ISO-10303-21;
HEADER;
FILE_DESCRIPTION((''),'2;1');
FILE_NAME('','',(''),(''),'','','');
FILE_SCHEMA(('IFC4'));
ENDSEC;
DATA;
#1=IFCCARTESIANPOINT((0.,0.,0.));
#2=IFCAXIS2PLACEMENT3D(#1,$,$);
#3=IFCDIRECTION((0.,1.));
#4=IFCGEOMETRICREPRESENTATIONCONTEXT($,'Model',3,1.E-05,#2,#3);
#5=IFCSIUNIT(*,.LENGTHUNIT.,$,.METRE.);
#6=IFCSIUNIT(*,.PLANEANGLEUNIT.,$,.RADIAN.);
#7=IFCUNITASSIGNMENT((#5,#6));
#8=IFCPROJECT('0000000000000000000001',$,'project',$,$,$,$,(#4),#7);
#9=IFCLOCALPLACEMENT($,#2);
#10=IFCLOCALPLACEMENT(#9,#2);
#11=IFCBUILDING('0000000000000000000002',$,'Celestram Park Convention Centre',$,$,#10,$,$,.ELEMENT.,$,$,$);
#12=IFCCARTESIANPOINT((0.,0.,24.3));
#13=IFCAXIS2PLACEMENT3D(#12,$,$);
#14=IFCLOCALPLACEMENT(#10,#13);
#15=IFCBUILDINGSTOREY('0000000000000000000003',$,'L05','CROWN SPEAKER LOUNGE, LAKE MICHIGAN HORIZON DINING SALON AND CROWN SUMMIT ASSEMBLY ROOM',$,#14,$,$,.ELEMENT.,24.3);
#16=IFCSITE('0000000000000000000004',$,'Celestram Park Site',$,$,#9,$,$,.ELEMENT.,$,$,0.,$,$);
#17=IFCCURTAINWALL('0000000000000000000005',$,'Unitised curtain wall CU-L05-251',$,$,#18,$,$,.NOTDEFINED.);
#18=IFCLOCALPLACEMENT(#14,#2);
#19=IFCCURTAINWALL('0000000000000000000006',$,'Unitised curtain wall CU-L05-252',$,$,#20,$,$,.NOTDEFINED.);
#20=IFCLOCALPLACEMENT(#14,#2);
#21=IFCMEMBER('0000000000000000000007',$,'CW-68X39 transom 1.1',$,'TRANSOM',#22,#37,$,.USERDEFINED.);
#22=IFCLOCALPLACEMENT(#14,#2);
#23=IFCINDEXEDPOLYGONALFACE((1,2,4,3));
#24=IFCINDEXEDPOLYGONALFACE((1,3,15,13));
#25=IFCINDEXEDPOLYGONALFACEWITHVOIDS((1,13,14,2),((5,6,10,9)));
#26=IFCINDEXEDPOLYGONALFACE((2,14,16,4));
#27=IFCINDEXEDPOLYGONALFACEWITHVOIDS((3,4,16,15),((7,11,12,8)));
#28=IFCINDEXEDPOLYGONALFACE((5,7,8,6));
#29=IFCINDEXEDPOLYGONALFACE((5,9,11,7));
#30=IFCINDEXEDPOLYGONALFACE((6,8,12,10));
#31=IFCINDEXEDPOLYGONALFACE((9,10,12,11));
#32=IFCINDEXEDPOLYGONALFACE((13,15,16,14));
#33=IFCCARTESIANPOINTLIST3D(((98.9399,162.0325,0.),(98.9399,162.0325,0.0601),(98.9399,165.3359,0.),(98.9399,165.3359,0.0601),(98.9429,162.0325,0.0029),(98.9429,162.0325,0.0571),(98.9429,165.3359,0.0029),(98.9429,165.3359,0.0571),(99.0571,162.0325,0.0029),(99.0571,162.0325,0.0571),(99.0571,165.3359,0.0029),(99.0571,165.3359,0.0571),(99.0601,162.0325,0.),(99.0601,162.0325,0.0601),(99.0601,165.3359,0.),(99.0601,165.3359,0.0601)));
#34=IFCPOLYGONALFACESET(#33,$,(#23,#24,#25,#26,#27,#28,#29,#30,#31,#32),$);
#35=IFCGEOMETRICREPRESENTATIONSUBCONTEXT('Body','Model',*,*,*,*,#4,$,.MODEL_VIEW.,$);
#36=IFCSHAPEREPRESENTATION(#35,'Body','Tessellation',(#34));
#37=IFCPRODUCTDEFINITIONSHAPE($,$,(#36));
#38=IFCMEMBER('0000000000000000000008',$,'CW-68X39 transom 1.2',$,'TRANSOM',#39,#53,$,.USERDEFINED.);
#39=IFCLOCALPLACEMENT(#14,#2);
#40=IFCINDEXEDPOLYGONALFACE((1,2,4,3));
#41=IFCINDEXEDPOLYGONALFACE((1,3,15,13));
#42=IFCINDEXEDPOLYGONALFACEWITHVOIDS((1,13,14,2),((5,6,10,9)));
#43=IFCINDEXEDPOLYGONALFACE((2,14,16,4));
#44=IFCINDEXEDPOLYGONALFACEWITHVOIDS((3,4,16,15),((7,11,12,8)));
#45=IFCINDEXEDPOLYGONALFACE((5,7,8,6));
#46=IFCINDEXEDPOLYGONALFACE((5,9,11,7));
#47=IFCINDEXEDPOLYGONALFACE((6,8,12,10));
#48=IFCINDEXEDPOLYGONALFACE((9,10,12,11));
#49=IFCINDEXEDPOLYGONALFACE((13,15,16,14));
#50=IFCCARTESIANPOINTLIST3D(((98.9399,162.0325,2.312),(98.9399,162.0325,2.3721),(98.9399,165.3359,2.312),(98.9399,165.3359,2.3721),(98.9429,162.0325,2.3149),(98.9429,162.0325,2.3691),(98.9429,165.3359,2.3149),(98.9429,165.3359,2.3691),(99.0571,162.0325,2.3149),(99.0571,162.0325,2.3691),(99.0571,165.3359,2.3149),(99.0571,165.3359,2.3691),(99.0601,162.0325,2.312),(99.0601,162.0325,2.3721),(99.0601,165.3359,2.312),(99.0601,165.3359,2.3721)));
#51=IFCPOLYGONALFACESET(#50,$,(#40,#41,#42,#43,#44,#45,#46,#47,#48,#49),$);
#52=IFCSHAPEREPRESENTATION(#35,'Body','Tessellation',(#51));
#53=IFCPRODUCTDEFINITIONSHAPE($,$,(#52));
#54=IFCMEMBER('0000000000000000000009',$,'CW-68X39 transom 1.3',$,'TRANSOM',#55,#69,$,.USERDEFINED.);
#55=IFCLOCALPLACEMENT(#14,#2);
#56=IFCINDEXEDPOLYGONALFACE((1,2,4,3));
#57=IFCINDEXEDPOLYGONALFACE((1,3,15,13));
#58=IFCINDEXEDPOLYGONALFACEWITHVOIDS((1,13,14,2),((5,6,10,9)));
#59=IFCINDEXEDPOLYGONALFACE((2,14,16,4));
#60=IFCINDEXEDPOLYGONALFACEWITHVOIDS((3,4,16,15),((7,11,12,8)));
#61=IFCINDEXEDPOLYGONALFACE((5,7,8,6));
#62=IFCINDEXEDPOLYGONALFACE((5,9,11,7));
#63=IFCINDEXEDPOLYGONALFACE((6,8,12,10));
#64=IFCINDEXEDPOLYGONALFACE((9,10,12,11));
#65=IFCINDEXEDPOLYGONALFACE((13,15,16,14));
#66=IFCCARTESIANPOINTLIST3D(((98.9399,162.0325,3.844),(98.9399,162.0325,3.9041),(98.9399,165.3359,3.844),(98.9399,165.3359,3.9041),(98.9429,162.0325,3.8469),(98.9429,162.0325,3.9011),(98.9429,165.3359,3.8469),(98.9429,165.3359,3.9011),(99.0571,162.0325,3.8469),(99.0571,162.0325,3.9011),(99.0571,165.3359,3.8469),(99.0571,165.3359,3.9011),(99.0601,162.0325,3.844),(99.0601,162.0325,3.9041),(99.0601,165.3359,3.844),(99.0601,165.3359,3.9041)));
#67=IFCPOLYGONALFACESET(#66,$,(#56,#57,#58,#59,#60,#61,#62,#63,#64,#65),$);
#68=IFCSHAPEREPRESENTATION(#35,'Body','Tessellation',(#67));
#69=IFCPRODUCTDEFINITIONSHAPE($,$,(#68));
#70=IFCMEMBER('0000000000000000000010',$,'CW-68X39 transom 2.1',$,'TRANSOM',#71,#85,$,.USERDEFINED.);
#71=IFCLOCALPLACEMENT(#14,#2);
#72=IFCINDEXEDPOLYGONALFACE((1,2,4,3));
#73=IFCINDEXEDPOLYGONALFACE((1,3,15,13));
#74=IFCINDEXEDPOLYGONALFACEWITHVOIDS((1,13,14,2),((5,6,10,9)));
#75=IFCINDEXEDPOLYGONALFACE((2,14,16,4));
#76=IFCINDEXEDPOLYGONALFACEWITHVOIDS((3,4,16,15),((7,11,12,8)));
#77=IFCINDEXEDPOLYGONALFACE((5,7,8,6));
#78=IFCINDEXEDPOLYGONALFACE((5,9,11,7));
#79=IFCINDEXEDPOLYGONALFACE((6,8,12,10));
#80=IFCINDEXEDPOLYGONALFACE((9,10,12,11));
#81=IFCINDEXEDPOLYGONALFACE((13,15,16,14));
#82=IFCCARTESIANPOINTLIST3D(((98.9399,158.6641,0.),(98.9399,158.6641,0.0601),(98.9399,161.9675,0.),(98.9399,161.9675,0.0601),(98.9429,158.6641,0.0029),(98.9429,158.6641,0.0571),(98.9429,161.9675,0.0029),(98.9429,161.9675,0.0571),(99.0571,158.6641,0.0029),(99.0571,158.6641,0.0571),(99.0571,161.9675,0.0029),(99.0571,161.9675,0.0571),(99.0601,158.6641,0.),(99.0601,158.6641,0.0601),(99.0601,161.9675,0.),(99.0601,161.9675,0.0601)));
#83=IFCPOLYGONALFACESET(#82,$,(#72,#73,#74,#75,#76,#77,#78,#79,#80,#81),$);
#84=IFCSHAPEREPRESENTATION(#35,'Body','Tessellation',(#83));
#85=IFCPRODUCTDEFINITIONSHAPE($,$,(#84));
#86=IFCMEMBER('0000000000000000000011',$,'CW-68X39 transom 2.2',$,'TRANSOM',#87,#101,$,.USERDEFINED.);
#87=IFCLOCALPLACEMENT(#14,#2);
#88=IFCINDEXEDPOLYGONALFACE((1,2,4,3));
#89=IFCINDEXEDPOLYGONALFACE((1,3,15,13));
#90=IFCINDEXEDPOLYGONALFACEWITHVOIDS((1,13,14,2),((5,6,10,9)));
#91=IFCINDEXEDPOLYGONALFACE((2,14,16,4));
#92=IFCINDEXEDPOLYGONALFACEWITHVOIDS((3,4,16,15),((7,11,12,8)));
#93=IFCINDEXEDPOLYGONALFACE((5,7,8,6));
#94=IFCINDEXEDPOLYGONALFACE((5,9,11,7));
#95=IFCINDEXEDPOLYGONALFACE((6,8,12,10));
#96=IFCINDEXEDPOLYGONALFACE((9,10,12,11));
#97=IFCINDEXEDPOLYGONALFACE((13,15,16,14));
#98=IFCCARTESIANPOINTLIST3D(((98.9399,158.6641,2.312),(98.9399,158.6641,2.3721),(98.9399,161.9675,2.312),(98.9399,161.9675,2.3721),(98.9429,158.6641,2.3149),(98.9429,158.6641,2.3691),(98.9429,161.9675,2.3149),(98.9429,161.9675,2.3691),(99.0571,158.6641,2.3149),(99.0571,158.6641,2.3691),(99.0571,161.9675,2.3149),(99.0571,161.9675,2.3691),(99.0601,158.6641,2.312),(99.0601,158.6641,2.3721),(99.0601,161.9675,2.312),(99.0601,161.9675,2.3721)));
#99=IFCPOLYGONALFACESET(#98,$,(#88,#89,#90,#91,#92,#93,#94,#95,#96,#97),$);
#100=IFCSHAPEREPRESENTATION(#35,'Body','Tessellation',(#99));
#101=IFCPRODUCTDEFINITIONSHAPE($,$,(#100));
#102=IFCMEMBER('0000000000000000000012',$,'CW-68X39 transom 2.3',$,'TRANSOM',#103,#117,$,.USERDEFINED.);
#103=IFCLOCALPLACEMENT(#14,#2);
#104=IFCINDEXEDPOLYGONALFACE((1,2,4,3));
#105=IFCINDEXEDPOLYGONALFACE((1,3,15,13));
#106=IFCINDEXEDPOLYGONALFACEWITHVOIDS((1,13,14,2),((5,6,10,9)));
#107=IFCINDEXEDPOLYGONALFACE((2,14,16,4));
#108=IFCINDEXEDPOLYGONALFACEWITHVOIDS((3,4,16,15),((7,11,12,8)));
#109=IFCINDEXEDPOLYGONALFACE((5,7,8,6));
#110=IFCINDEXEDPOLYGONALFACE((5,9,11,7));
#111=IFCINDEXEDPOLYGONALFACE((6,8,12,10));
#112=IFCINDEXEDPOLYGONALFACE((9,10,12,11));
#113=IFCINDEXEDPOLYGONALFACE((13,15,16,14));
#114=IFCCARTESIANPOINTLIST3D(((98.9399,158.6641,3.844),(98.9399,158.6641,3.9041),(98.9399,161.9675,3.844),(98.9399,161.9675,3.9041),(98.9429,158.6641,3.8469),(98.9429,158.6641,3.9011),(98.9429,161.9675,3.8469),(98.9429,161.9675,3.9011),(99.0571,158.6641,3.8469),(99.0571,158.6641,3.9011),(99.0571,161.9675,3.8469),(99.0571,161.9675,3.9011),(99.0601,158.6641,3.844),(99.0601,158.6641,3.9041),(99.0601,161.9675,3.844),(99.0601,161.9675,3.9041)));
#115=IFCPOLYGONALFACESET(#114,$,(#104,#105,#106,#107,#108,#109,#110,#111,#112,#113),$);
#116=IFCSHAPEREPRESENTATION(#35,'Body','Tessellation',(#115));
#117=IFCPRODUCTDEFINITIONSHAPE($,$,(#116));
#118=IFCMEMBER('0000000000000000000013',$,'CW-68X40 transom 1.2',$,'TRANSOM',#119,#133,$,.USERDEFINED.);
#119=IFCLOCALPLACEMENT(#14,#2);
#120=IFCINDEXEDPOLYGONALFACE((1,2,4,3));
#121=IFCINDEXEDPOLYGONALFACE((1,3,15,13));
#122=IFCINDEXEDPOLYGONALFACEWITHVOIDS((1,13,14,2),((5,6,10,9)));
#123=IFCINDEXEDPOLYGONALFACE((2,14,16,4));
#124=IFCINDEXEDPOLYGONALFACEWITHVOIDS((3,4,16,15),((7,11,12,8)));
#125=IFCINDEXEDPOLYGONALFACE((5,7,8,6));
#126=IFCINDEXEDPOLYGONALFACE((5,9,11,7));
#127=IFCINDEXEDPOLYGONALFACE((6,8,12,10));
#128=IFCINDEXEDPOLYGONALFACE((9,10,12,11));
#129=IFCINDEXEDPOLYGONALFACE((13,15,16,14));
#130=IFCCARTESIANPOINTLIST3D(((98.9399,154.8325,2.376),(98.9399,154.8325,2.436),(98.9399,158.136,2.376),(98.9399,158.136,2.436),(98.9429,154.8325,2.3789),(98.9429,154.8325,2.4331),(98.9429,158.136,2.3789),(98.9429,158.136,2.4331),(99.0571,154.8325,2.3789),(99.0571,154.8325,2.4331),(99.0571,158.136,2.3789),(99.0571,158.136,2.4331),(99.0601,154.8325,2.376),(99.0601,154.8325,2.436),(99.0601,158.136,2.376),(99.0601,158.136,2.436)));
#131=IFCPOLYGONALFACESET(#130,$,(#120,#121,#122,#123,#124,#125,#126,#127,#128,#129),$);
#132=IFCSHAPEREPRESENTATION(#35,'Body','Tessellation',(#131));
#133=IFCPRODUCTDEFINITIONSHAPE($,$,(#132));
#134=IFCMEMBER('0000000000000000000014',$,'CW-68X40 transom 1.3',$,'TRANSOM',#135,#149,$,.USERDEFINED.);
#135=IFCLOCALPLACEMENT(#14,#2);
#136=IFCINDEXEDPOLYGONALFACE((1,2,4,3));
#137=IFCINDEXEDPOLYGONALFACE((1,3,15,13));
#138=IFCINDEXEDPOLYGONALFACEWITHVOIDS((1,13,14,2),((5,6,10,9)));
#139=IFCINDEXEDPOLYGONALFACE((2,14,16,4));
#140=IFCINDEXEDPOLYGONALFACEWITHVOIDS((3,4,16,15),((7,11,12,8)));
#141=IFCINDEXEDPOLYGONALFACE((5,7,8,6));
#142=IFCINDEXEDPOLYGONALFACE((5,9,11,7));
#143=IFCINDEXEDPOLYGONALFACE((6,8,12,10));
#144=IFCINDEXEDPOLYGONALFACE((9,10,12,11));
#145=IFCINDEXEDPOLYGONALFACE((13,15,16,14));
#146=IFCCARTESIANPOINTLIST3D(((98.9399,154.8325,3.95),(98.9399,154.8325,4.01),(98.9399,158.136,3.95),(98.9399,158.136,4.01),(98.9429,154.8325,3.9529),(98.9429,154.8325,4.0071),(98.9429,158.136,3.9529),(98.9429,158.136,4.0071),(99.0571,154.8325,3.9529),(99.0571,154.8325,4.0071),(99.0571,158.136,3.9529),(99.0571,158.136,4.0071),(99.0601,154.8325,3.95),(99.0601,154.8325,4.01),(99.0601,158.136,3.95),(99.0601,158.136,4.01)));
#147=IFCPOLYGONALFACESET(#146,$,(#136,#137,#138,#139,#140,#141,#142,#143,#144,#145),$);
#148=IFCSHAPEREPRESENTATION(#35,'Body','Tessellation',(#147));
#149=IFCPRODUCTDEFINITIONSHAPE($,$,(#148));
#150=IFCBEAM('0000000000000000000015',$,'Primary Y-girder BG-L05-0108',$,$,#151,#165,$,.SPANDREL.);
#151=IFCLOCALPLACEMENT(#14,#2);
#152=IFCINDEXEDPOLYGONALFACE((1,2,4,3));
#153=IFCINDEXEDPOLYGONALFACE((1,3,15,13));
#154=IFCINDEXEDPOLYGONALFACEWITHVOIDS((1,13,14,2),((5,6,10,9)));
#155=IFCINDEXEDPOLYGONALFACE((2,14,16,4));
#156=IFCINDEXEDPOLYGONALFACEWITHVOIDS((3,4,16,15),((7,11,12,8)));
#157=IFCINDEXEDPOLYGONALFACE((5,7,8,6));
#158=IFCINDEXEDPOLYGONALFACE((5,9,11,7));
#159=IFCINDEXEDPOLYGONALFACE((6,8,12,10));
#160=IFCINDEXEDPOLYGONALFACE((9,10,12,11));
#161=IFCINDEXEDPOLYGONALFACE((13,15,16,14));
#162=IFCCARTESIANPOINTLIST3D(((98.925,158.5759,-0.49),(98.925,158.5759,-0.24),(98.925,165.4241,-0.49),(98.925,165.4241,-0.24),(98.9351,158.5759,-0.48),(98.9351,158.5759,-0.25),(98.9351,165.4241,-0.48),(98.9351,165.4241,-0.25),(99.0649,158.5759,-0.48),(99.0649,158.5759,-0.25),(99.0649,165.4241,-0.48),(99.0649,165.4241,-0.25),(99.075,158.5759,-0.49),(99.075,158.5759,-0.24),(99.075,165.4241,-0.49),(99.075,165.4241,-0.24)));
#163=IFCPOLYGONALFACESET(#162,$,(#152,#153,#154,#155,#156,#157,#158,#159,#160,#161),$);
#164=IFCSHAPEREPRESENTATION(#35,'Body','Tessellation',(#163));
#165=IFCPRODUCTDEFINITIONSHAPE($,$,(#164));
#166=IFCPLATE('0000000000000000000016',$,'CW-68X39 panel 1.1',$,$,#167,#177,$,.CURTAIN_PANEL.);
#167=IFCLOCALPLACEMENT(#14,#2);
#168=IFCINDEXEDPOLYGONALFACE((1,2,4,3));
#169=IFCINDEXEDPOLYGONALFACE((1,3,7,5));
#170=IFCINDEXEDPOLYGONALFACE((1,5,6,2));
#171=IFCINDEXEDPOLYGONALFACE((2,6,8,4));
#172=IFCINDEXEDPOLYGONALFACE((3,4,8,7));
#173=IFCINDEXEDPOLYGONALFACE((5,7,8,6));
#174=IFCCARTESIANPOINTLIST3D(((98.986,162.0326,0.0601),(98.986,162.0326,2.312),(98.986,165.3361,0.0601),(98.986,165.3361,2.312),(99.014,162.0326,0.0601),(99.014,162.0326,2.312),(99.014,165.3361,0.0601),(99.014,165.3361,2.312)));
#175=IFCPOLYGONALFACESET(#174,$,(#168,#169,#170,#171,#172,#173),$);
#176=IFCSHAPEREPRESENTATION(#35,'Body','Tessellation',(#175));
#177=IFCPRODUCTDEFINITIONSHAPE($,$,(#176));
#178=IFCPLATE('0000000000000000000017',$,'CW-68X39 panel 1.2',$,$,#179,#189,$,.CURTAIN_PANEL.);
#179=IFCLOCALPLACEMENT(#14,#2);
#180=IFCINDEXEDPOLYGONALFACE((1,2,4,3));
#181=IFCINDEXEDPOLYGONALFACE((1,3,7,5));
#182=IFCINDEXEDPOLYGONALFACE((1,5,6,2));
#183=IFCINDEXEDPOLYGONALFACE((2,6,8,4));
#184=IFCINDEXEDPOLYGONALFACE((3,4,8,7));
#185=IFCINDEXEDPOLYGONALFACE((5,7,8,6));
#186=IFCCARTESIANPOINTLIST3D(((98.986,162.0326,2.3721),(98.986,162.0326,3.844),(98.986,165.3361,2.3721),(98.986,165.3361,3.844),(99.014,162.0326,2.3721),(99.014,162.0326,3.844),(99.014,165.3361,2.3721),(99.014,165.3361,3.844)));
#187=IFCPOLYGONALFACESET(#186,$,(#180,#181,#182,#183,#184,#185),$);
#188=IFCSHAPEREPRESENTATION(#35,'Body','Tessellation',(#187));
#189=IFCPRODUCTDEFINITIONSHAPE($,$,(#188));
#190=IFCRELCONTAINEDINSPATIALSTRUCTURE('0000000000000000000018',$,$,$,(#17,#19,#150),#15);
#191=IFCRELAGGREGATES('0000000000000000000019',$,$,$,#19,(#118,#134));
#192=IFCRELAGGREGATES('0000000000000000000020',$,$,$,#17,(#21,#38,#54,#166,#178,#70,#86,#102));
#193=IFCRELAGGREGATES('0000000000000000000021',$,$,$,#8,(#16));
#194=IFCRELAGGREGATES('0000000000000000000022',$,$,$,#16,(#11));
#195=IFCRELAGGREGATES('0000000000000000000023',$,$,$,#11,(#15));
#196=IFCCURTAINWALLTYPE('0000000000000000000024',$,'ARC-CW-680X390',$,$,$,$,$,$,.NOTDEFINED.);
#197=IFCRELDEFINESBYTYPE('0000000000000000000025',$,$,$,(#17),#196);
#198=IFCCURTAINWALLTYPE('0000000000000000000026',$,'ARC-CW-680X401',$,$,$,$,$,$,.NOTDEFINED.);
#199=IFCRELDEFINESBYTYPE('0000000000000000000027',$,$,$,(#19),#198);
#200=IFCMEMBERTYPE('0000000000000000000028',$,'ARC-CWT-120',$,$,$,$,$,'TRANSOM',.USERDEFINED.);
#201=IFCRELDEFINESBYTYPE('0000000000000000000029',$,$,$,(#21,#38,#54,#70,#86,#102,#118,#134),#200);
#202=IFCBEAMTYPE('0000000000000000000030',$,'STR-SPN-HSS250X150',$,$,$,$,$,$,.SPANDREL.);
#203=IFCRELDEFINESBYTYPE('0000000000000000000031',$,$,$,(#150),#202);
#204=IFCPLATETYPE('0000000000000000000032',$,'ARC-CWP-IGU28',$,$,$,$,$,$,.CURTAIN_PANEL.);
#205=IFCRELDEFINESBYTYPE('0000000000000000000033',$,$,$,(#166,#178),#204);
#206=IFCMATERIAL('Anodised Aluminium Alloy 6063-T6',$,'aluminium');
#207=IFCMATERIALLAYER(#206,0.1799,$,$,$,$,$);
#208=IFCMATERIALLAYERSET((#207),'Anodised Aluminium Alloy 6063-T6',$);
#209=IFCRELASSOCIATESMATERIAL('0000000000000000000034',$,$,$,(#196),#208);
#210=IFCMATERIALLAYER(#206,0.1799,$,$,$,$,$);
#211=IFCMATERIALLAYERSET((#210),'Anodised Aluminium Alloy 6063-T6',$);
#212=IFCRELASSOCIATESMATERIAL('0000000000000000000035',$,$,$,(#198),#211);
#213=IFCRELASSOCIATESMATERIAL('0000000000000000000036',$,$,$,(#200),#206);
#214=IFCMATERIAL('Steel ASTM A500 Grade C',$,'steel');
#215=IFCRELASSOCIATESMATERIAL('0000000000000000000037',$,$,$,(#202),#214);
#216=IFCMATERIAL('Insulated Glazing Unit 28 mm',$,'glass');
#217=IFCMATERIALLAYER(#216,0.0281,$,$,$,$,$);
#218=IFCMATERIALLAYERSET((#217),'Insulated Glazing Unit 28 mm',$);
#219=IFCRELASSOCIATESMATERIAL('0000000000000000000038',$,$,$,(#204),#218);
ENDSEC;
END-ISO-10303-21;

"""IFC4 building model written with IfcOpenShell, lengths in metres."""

from ifc_helpers import new_model, si_unit, direction, frame, origin, origin_2d, place, context, subcontext, project, spatial, rectangle, hollow_rectangle, extrude, material, layer, layer_set, material_profile, profile_set, type_object, element, aggregate, save


model = new_model("IFC4")

# Units and contexts
model_context = context("Model", 3, precision=1e-05, world=origin(), true_north=direction((0.0, 1.0)))
body_context = subcontext(model_context, "Body", "Model", "MODEL_VIEW")
ifc_project = project(units=[si_unit("LENGTHUNIT", "METRE"), si_unit("PLANEANGLEUNIT", "RADIAN")], contexts=[model_context])

# Site, building, storey
site_placement = place(None, origin())
site = spatial("IfcSite", under=ifc_project, at=site_placement, Name="Celestram Park Site", CompositionType="ELEMENT", RefElevation=0.0)
building_placement = place(site_placement, origin())
building = spatial("IfcBuilding", under=site, at=building_placement, Name="Celestram Park Convention Centre", CompositionType="ELEMENT")
storey_placement = place(building_placement, frame((0.0, 0.0, 24.3)))
storey = spatial("IfcBuildingStorey", under=building, at=storey_placement, Name="L05", Description="CROWN SPEAKER LOUNGE, LAKE MICHIGAN HORIZON DINING SALON AND CROWN SUMMIT ASSEMBLY ROOM", CompositionType="ELEMENT", Elevation=24.3)

# Shared definitions
ifc_material_1 = material(Name="Steel ASTM A500 Grade C", Category="steel")

# Curtain wall
ifc_material_2 = material(Name="Anodised Aluminium Alloy 6063-T6", Category="aluminium")
ifc_layer_1 = layer(ifc_material_2, 0.1799)
ifc_layer_set_1 = layer_set([ifc_layer_1], Name="Anodised Aluminium Alloy 6063-T6")
curtain_wall_type_1 = type_object("IfcCurtainWallType", Name="ARC-CW-680X390", PredefinedType="NOTDEFINED", material=ifc_layer_set_1)
curtain_wall_1_placement = place(storey_placement, origin())
curtain_wall_1 = element("IfcCurtainWall", 1, at=curtain_wall_1_placement, inside=storey, type_object=curtain_wall_type_1, Name="Unitised curtain wall CU-L05-251", PredefinedType="NOTDEFINED")

# Curtain wall
ifc_layer_2 = layer(ifc_material_2, 0.1799)
ifc_layer_set_2 = layer_set([ifc_layer_2], Name="Anodised Aluminium Alloy 6063-T6")
curtain_wall_type_2 = type_object("IfcCurtainWallType", Name="ARC-CW-680X401", PredefinedType="NOTDEFINED", material=ifc_layer_set_2)
curtain_wall_2_placement = place(storey_placement, origin())
curtain_wall_2 = element("IfcCurtainWall", 2, at=curtain_wall_2_placement, inside=storey, type_object=curtain_wall_type_2, Name="Unitised curtain wall CU-L05-252", PredefinedType="NOTDEFINED")

# Members
ifc_material_profile_1 = material_profile(ifc_material_2, hollow_rectangle(XDim=0.1201, YDim=0.0601, WallThickness=0.0029, at=origin_2d()), Name="ALU120X60X3")
ifc_profile_set_1 = profile_set([ifc_material_profile_1], Name="Anodised Aluminium Alloy 6063-T6")
member_type_1 = type_object("IfcMemberType", Name="ARC-CWT-120", ElementType="TRANSOM", PredefinedType="USERDEFINED", material=ifc_profile_set_1)
member_1_placement = place(storey_placement, frame((99.0, 165.3359, 0.03), z_axis=(0.0, -1.0, 0.0), x_axis=(1.0, 0.0, 0.0)))
member_1 = element("IfcMember", 3, at=member_1_placement, type_object=member_type_1, Name="CW-68X39 transom 1.1", ObjectType="TRANSOM", PredefinedType="USERDEFINED", context=body_context, shape_type="SweptSolid", body=[
    extrude(hollow_rectangle(XDim=0.1201, YDim=0.0601, WallThickness=0.0029, at=origin_2d()), origin(), (0.0, 0.0, 1.0), 3.3035),
])
member_2_placement = place(storey_placement, frame((99.0, 165.3359, 2.342), z_axis=(0.0, -1.0, 0.0), x_axis=(1.0, 0.0, 0.0)))
member_2 = element("IfcMember", 4, at=member_2_placement, type_object=member_type_1, Name="CW-68X39 transom 1.2", ObjectType="TRANSOM", PredefinedType="USERDEFINED", context=body_context, shape_type="SweptSolid", body=[
    extrude(hollow_rectangle(XDim=0.1201, YDim=0.0601, WallThickness=0.0029, at=origin_2d()), origin(), (0.0, 0.0, 1.0), 3.3035),
])
member_3_placement = place(storey_placement, frame((99.0, 165.3359, 3.874), z_axis=(0.0, -1.0, 0.0), x_axis=(1.0, 0.0, 0.0)))
member_3 = element("IfcMember", 5, at=member_3_placement, type_object=member_type_1, Name="CW-68X39 transom 1.3", ObjectType="TRANSOM", PredefinedType="USERDEFINED", context=body_context, shape_type="SweptSolid", body=[
    extrude(hollow_rectangle(XDim=0.1201, YDim=0.0601, WallThickness=0.0029, at=origin_2d()), origin(), (0.0, 0.0, 1.0), 3.3035),
])
member_4_placement = place(storey_placement, frame((99.0, 161.9675, 0.03), z_axis=(0.0, -1.0, 0.0), x_axis=(1.0, 0.0, 0.0)))
member_4 = element("IfcMember", 6, at=member_4_placement, type_object=member_type_1, Name="CW-68X39 transom 2.1", ObjectType="TRANSOM", PredefinedType="USERDEFINED", context=body_context, shape_type="SweptSolid", body=[
    extrude(hollow_rectangle(XDim=0.1201, YDim=0.0601, WallThickness=0.0029, at=origin_2d()), origin(), (0.0, 0.0, 1.0), 3.3035),
])
member_5_placement = place(storey_placement, frame((99.0, 161.9675, 2.342), z_axis=(0.0, -1.0, 0.0), x_axis=(1.0, 0.0, 0.0)))
member_5 = element("IfcMember", 7, at=member_5_placement, type_object=member_type_1, Name="CW-68X39 transom 2.2", ObjectType="TRANSOM", PredefinedType="USERDEFINED", context=body_context, shape_type="SweptSolid", body=[
    extrude(hollow_rectangle(XDim=0.1201, YDim=0.0601, WallThickness=0.0029, at=origin_2d()), origin(), (0.0, 0.0, 1.0), 3.3035),
])
member_6_placement = place(storey_placement, frame((99.0, 161.9675, 3.874), z_axis=(0.0, -1.0, 0.0), x_axis=(1.0, 0.0, 0.0)))
member_6 = element("IfcMember", 8, at=member_6_placement, type_object=member_type_1, Name="CW-68X39 transom 2.3", ObjectType="TRANSOM", PredefinedType="USERDEFINED", context=body_context, shape_type="SweptSolid", body=[
    extrude(hollow_rectangle(XDim=0.1201, YDim=0.0601, WallThickness=0.0029, at=origin_2d()), origin(), (0.0, 0.0, 1.0), 3.3035),
])
member_7_placement = place(storey_placement, frame((99.0, 158.136, 2.406), z_axis=(0.0, -1.0, 0.0), x_axis=(1.0, 0.0, 0.0)))
member_7 = element("IfcMember", 9, at=member_7_placement, type_object=member_type_1, Name="CW-68X40 transom 1.2", ObjectType="TRANSOM", PredefinedType="USERDEFINED", context=body_context, shape_type="SweptSolid", body=[
    extrude(hollow_rectangle(XDim=0.1201, YDim=0.0601, WallThickness=0.0029, at=origin_2d()), origin(), (0.0, 0.0, 1.0), 3.3035),
])
member_8_placement = place(storey_placement, frame((99.0, 158.136, 3.98), z_axis=(0.0, -1.0, 0.0), x_axis=(1.0, 0.0, 0.0)))
member_8 = element("IfcMember", 10, at=member_8_placement, type_object=member_type_1, Name="CW-68X40 transom 1.3", ObjectType="TRANSOM", PredefinedType="USERDEFINED", context=body_context, shape_type="SweptSolid", body=[
    extrude(hollow_rectangle(XDim=0.1201, YDim=0.0601, WallThickness=0.0029, at=origin_2d()), origin(), (0.0, 0.0, 1.0), 3.3035),
])
aggregate(curtain_wall_2, [member_7, member_8])

# Beam
ifc_material_profile_2 = material_profile(ifc_material_1, hollow_rectangle(XDim=0.1499, YDim=0.25, WallThickness=0.01, at=origin_2d()), Name="HSS250X150X10")
ifc_profile_set_2 = profile_set([ifc_material_profile_2], Name="Steel ASTM A500 Grade C")
beam_type = type_object("IfcBeamType", Name="STR-SPN-HSS250X150", PredefinedType="SPANDREL", material=ifc_profile_set_2)
beam_placement = place(storey_placement, frame((99.0, 158.5759, -0.365), z_axis=(0.0, 1.0, 0.0), x_axis=(-1.0, 0.0, 0.0)))
element("IfcBeam", 11, at=beam_placement, inside=storey, type_object=beam_type, Name="Primary Y-girder BG-L05-0108", PredefinedType="SPANDREL", context=body_context, shape_type="SweptSolid", body=[
    extrude(hollow_rectangle(XDim=0.1499, YDim=0.25, WallThickness=0.01, at=origin_2d()), origin(), (0.0, 0.0, 1.0), 6.8481),
])

# Plates
ifc_material_3 = material(Name="Insulated Glazing Unit 28 mm", Category="glass")
ifc_layer_3 = layer(ifc_material_3, 0.0281)
ifc_layer_set_3 = layer_set([ifc_layer_3], Name="Insulated Glazing Unit 28 mm")
plate_type_1 = type_object("IfcPlateType", Name="ARC-CWP-IGU28", PredefinedType="CURTAIN_PANEL", material=ifc_layer_set_3)
plate_1_placement = place(storey_placement, frame((99.0, 163.6843, 0.0601), z_axis=(0.0, 0.0, 1.0), x_axis=(0.0, -1.0, 0.0)))
plate_1 = element("IfcPlate", 12, at=plate_1_placement, type_object=plate_type_1, Name="CW-68X39 panel 1.1", PredefinedType="CURTAIN_PANEL", context=body_context, shape_type="SweptSolid", body=[
    extrude(rectangle(XDim=3.3035, YDim=0.0281, at=origin_2d()), origin(), (0.0, 0.0, 1.0), 2.252),
])
plate_2_placement = place(storey_placement, frame((99.0, 163.6843, 2.3721), z_axis=(0.0, 0.0, 1.0), x_axis=(0.0, -1.0, 0.0)))
plate_2 = element("IfcPlate", 13, at=plate_2_placement, type_object=plate_type_1, Name="CW-68X39 panel 1.2", PredefinedType="CURTAIN_PANEL", context=body_context, shape_type="SweptSolid", body=[
    extrude(rectangle(XDim=3.3035, YDim=0.0281, at=origin_2d()), origin(), (0.0, 0.0, 1.0), 1.4719),
])
aggregate(curtain_wall_1, [member_1, member_2, member_3, plate_1, plate_2, member_4, member_5, member_6])

save(model, "model.ifc")
